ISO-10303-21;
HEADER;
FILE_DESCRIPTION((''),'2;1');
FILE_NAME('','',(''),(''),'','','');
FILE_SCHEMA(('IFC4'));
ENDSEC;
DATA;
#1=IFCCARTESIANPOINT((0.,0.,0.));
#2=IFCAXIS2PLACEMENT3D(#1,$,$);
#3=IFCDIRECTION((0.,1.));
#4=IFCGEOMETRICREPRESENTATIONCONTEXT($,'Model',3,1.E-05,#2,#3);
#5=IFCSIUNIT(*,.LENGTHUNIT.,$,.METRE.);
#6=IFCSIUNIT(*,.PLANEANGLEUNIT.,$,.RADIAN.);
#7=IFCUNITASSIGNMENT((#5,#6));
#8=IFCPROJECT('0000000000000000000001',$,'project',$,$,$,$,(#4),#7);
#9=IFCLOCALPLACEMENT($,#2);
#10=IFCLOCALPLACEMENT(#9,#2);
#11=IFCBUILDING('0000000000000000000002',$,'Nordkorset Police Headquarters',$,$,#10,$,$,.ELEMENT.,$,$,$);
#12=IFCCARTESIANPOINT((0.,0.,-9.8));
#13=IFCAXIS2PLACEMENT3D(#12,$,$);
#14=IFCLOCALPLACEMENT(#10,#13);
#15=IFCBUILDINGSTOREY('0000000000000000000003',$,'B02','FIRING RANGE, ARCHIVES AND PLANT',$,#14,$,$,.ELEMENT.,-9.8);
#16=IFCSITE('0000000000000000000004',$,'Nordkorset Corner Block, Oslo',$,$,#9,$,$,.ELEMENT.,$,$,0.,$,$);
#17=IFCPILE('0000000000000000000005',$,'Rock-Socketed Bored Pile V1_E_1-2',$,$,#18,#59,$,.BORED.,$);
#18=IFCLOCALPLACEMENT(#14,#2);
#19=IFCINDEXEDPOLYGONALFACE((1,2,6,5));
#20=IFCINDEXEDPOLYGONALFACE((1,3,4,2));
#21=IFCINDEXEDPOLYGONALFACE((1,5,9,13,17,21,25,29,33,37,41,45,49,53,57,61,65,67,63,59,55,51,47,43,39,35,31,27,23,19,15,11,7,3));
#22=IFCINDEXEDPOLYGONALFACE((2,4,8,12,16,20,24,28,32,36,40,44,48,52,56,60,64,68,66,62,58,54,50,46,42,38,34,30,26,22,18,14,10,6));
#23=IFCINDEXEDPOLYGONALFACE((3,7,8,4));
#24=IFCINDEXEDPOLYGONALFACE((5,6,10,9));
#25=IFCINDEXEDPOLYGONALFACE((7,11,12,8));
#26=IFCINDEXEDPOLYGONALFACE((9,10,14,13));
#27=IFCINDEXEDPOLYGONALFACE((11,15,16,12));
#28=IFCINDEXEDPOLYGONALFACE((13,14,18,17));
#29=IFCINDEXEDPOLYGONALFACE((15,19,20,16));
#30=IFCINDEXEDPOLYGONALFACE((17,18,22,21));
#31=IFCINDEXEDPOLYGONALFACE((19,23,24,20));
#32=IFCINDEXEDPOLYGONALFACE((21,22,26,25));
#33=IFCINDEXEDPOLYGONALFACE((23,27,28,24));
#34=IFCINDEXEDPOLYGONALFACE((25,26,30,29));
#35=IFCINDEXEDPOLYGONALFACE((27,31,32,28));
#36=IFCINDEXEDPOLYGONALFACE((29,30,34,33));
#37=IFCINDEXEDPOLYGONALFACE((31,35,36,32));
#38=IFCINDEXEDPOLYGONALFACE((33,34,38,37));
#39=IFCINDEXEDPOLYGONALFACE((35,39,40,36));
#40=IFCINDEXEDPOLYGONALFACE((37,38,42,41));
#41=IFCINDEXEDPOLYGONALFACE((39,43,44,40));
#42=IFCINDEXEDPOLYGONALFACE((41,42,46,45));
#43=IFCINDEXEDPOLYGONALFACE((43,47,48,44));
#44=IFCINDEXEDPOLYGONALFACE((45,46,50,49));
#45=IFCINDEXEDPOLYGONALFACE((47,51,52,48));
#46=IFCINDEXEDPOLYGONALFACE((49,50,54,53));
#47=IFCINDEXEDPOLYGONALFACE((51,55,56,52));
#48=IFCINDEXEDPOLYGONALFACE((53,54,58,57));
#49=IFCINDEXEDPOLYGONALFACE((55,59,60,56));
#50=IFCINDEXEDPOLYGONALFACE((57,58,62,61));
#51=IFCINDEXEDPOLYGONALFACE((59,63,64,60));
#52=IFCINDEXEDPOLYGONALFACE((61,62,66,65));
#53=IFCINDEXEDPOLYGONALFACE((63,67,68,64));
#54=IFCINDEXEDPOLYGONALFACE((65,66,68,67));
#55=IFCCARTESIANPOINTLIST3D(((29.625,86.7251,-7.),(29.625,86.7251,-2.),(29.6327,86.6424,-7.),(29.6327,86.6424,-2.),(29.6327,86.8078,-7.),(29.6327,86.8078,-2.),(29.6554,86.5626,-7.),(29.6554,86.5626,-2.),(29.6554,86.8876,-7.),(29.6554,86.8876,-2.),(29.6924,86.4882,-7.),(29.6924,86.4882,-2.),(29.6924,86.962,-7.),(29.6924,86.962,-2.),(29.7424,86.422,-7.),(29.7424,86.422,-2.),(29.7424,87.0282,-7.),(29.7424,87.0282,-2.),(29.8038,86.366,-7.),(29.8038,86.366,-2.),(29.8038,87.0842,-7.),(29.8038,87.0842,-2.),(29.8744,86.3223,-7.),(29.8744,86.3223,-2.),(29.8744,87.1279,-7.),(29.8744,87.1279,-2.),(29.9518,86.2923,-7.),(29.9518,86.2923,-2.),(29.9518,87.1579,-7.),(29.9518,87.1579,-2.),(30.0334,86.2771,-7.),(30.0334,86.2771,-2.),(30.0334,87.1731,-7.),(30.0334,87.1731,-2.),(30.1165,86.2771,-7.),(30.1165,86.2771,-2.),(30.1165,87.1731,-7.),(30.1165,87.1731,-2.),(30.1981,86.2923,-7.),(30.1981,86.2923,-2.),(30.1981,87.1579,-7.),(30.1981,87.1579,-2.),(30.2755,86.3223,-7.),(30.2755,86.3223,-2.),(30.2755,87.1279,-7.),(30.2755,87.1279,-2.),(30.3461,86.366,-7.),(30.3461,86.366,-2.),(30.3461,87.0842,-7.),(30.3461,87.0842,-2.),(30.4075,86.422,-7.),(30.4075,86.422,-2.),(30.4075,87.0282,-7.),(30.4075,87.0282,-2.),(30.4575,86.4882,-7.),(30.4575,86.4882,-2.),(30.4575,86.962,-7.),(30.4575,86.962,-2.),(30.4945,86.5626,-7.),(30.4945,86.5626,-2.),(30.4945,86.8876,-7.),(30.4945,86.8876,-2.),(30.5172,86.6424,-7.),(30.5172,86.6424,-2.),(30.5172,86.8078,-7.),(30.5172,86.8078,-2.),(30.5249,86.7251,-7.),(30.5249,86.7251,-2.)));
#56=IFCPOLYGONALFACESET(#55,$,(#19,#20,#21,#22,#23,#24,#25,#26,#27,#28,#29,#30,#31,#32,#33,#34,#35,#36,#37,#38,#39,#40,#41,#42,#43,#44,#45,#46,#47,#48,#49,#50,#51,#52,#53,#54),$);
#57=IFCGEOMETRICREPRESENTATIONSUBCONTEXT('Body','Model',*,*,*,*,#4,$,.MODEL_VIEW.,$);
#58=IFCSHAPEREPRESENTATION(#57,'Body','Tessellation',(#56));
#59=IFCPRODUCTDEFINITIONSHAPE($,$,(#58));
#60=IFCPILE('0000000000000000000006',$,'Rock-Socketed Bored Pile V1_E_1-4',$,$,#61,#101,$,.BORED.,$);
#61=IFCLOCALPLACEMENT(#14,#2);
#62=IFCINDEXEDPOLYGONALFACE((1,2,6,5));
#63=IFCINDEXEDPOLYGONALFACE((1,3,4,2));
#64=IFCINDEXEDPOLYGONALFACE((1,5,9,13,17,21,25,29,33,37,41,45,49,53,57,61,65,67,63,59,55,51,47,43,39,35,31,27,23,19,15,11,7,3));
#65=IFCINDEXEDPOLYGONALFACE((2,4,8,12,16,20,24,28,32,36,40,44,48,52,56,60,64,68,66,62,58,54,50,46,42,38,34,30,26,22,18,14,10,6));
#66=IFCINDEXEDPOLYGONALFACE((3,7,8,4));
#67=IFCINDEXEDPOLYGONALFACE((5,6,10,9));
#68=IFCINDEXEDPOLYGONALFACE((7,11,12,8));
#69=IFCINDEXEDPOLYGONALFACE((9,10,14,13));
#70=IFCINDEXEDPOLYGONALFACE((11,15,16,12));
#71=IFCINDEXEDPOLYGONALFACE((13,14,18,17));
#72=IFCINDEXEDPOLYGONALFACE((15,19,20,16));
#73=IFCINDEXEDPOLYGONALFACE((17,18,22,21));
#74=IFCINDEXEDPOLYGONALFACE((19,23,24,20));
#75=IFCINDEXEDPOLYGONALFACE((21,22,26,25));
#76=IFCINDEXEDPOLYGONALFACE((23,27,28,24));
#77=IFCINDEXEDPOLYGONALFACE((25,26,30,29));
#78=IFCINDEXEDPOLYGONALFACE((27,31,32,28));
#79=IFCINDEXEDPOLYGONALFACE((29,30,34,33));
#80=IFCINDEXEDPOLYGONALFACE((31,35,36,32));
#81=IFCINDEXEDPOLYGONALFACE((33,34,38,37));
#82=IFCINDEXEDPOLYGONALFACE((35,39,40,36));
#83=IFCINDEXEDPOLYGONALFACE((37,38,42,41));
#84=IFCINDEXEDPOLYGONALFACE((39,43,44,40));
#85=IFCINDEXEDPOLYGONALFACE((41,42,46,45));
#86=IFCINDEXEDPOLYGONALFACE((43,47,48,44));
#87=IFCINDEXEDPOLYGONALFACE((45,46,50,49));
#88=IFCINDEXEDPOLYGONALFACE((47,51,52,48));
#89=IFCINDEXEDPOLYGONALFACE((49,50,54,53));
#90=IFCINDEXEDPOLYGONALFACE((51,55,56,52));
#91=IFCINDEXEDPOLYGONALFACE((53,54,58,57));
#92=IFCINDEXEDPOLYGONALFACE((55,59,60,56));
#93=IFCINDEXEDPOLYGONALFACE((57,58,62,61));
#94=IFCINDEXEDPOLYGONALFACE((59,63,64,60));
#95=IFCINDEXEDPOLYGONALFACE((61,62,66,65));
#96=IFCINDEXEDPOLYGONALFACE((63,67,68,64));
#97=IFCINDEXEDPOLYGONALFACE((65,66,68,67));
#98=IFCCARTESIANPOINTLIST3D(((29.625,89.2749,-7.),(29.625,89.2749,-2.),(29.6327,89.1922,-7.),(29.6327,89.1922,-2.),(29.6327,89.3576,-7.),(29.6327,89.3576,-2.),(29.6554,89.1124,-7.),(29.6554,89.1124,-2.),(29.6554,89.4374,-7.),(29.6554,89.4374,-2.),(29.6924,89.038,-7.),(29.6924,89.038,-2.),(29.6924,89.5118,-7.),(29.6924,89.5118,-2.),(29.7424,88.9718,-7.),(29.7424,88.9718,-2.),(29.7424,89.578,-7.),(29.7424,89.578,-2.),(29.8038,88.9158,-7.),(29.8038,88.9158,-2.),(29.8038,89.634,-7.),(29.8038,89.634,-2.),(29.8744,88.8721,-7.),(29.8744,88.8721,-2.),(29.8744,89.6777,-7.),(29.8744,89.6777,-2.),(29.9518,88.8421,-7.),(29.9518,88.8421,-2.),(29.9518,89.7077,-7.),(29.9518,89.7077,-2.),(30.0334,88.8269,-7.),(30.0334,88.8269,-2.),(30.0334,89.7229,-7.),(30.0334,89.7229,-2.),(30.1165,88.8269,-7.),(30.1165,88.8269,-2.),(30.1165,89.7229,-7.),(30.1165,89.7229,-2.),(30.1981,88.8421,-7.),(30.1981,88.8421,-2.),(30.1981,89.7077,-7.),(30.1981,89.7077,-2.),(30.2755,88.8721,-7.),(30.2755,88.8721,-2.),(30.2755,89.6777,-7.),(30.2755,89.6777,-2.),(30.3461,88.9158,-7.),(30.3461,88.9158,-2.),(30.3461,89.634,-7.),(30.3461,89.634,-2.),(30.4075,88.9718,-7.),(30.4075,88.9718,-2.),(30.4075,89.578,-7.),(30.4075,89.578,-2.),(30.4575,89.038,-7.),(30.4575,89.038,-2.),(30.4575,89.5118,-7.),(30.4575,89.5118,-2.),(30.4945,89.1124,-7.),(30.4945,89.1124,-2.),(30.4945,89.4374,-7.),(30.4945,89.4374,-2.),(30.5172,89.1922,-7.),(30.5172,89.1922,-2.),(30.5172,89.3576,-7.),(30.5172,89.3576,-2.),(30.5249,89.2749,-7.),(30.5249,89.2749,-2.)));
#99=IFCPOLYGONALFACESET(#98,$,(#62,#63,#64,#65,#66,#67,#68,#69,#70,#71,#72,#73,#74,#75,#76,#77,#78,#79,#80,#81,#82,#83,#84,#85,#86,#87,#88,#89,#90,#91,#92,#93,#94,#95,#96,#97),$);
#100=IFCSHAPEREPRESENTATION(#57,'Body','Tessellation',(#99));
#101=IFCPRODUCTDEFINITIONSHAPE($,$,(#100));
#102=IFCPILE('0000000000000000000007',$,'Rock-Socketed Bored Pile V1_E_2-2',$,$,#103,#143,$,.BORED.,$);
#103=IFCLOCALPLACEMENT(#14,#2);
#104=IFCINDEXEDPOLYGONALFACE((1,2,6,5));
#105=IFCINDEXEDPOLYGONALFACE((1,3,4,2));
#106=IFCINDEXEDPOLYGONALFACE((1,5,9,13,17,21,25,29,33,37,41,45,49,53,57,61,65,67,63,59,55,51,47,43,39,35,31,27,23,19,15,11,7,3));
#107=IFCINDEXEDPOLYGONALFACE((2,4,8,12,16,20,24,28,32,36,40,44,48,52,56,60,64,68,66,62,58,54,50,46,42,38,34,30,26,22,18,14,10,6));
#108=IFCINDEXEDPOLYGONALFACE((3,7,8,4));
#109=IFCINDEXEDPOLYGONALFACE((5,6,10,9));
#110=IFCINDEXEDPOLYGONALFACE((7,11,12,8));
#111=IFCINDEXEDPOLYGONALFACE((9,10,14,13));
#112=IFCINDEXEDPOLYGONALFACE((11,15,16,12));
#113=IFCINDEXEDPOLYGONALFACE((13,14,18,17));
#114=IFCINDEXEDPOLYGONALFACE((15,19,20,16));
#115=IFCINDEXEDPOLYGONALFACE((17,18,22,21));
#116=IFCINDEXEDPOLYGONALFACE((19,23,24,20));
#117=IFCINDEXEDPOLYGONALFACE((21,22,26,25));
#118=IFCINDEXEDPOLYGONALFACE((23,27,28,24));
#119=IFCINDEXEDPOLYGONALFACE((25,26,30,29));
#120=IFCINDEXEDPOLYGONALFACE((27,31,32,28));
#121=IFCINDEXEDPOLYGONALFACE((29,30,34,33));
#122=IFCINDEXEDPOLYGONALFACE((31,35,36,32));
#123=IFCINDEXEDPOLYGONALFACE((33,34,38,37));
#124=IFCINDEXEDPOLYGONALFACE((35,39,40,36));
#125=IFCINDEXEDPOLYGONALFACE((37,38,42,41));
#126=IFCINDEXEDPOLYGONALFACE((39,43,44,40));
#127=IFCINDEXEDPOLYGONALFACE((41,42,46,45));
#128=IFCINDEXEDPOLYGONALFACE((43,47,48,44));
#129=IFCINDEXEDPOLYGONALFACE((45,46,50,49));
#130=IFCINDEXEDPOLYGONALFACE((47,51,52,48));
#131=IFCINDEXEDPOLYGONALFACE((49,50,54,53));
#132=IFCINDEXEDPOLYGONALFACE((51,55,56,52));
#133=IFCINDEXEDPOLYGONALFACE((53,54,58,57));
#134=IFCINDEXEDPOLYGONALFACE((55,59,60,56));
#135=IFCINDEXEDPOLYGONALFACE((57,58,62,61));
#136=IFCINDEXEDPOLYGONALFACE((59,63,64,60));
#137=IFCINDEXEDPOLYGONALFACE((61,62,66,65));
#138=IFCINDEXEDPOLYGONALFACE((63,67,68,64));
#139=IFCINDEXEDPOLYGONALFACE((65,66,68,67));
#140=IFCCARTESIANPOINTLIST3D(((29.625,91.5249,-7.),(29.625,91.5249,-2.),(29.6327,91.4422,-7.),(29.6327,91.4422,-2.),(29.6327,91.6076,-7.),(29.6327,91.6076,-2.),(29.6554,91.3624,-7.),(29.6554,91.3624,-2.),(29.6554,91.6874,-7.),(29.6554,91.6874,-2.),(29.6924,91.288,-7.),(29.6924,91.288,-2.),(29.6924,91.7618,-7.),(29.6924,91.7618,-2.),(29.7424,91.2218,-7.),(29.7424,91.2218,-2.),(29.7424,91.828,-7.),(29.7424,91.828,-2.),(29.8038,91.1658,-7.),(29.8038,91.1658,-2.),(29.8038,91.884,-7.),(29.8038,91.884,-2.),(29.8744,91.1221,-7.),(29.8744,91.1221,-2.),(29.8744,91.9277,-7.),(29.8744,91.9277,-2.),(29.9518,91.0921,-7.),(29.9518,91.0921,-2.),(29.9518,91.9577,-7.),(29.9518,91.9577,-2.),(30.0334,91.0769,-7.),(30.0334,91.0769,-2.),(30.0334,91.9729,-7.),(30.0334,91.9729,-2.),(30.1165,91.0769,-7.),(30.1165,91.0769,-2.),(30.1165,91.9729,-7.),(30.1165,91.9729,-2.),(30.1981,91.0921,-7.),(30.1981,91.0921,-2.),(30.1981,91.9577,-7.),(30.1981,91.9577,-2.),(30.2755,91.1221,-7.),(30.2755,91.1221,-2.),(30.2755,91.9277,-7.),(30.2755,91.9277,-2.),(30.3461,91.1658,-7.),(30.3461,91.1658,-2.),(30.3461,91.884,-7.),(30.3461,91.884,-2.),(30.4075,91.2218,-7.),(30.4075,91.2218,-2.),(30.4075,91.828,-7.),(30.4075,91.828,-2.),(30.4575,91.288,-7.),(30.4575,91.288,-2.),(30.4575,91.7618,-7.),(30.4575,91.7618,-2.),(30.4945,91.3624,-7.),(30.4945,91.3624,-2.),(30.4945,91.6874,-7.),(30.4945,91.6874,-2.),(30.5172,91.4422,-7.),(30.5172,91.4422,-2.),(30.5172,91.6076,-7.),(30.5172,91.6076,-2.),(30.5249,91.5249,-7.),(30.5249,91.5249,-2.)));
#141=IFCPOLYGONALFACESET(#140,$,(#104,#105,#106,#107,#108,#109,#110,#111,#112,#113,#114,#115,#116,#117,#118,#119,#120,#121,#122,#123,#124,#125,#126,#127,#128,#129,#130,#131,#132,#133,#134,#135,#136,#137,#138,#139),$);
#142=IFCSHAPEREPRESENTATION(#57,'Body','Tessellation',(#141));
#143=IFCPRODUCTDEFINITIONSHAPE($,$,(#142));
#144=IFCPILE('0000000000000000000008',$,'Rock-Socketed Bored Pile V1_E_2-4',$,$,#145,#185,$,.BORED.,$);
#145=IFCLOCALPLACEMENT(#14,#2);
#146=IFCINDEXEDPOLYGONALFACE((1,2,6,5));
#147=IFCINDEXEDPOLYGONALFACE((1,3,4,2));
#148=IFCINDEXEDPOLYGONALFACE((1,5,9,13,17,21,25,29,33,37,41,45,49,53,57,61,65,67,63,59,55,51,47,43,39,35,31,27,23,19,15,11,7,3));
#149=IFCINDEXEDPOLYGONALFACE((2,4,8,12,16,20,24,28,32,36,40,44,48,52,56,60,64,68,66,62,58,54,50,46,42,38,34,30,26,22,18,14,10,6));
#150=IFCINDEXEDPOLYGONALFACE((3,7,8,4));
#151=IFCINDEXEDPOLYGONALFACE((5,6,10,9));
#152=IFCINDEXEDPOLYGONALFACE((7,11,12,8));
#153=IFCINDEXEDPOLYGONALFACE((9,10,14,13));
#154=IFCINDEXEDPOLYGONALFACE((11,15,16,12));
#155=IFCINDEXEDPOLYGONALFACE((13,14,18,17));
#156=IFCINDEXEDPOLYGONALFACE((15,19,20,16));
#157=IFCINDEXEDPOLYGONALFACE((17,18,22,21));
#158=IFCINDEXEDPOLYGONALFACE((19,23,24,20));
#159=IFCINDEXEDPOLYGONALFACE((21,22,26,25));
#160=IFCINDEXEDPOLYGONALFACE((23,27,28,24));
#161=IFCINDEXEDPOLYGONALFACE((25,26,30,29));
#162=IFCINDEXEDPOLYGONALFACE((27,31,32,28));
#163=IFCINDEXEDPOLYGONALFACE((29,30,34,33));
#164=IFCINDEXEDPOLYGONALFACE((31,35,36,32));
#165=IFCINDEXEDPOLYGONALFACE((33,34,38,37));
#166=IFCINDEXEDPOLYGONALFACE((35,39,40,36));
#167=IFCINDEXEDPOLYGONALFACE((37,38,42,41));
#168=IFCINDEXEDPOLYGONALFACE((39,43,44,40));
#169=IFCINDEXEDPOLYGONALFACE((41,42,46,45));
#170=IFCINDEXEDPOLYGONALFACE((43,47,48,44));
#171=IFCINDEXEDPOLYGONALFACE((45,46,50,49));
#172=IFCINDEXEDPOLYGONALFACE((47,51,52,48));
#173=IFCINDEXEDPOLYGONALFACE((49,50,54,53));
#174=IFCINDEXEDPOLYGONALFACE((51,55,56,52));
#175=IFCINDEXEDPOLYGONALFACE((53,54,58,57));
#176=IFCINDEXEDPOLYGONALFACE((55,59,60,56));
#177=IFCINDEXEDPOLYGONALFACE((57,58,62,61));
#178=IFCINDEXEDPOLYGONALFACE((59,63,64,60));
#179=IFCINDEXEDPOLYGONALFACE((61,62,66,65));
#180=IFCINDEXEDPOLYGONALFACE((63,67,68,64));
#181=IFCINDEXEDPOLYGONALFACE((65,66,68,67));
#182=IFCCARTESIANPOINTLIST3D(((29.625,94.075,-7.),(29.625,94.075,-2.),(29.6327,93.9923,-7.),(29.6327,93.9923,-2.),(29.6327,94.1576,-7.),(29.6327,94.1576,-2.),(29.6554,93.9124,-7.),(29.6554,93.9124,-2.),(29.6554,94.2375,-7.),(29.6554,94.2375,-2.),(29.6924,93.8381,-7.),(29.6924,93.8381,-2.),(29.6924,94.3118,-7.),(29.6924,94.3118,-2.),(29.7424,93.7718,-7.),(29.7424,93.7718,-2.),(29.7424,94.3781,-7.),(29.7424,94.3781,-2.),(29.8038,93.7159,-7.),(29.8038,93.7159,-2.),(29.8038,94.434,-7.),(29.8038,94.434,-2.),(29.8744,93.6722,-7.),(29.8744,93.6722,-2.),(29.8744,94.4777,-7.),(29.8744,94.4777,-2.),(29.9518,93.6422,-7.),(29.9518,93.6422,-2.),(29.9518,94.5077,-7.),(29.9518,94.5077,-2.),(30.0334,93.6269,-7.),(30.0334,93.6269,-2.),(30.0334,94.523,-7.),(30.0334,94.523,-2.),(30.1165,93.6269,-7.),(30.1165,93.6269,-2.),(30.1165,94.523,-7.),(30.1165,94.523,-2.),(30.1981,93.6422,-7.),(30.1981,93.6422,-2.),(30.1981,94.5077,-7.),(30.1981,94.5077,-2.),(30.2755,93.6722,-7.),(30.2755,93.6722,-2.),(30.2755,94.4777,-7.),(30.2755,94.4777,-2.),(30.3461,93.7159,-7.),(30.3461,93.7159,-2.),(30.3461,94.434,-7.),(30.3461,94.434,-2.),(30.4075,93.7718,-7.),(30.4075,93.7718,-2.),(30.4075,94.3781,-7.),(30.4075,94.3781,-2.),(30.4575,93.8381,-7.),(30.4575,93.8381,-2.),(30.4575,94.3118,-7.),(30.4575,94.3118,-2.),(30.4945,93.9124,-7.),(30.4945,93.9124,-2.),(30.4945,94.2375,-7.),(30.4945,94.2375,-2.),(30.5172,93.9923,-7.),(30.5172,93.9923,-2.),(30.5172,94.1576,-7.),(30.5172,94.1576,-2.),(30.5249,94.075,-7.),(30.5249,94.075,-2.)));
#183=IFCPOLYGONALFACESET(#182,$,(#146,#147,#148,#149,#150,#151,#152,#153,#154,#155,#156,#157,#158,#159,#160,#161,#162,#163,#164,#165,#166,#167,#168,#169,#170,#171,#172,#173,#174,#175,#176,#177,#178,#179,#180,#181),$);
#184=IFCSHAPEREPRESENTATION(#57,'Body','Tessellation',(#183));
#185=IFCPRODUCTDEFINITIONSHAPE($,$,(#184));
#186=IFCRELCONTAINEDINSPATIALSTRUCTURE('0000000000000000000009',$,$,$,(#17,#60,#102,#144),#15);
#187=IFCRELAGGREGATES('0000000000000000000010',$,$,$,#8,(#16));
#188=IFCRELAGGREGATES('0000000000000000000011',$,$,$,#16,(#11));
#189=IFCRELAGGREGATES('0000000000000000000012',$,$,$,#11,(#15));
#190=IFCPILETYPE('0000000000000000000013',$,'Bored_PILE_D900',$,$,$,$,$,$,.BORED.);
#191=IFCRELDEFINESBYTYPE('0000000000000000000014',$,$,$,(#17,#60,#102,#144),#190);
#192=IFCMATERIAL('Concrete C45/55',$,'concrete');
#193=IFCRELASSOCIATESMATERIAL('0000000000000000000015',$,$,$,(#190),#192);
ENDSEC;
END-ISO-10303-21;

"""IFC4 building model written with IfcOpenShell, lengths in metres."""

from ifc_helpers import new_model, si_unit, direction, frame, origin, origin_2d, place, context, subcontext, project, spatial, circle, extrude, material, material_profile, profile_set, type_object, element, save


model = new_model("IFC4")

# Units and contexts
model_context = context("Model", 3, precision=1e-05, world=origin(), true_north=direction((0.0, 1.0)))
body_context = subcontext(model_context, "Body", "Model", "MODEL_VIEW")
ifc_project = project(units=[si_unit("LENGTHUNIT", "METRE"), si_unit("PLANEANGLEUNIT", "RADIAN")], contexts=[model_context])

# Site, building, storey
site_placement = place(None, origin())
site = spatial("IfcSite", under=ifc_project, at=site_placement, Name="Nordkorset Corner Block, Oslo", CompositionType="ELEMENT", RefElevation=0.0)
building_placement = place(site_placement, origin())
building = spatial("IfcBuilding", under=site, at=building_placement, Name="Nordkorset Police Headquarters", CompositionType="ELEMENT")
storey_placement = place(building_placement, frame((0.0, 0.0, -9.8)))
storey = spatial("IfcBuildingStorey", under=building, at=storey_placement, Name="B02", Description="FIRING RANGE, ARCHIVES AND PLANT", CompositionType="ELEMENT", Elevation=-9.8)

# Piles
ifc_material_1 = material(Name="Concrete C45/55", Category="concrete")
ifc_material_profile_1 = material_profile(ifc_material_1, circle(Radius=0.45, at=origin_2d()), Name="PILE D900")
ifc_profile_set_1 = profile_set([ifc_material_profile_1], Name="Concrete C45/55")
pile_type_1 = type_object("IfcPileType", Name="Bored_PILE_D900", PredefinedType="BORED", material=ifc_profile_set_1)
for number, where, z_axis, x_axis, name in (
    (1, (30.075, 86.7251, -2.0), (0.0, 0.0, -1.0), (1.0, 0.0, 0.0), "Rock-Socketed Bored Pile V1_E_1-2"),
    (2, (30.075, 89.2749, -2.0), (0.0, 0.0, -1.0), (1.0, 0.0, 0.0), "Rock-Socketed Bored Pile V1_E_1-4"),
    (3, (30.075, 91.5249, -2.0), (0.0, 0.0, -1.0), (1.0, 0.0, 0.0), "Rock-Socketed Bored Pile V1_E_2-2"),
    (4, (30.075, 94.075, -2.0), (0.0, 0.0, -1.0), (1.0, 0.0, 0.0), "Rock-Socketed Bored Pile V1_E_2-4"),
):
    element("IfcPile", number, at=place(storey_placement, frame(where, z_axis=z_axis, x_axis=x_axis)), inside=storey, type_object=pile_type_1, Name=name, PredefinedType="BORED", context=body_context, shape_type="SweptSolid", body=[
        extrude(circle(Radius=0.45, at=origin_2d()), origin(), (0.0, 0.0, 1.0), 5.0),
    ])

save(model, "model.ifc")
